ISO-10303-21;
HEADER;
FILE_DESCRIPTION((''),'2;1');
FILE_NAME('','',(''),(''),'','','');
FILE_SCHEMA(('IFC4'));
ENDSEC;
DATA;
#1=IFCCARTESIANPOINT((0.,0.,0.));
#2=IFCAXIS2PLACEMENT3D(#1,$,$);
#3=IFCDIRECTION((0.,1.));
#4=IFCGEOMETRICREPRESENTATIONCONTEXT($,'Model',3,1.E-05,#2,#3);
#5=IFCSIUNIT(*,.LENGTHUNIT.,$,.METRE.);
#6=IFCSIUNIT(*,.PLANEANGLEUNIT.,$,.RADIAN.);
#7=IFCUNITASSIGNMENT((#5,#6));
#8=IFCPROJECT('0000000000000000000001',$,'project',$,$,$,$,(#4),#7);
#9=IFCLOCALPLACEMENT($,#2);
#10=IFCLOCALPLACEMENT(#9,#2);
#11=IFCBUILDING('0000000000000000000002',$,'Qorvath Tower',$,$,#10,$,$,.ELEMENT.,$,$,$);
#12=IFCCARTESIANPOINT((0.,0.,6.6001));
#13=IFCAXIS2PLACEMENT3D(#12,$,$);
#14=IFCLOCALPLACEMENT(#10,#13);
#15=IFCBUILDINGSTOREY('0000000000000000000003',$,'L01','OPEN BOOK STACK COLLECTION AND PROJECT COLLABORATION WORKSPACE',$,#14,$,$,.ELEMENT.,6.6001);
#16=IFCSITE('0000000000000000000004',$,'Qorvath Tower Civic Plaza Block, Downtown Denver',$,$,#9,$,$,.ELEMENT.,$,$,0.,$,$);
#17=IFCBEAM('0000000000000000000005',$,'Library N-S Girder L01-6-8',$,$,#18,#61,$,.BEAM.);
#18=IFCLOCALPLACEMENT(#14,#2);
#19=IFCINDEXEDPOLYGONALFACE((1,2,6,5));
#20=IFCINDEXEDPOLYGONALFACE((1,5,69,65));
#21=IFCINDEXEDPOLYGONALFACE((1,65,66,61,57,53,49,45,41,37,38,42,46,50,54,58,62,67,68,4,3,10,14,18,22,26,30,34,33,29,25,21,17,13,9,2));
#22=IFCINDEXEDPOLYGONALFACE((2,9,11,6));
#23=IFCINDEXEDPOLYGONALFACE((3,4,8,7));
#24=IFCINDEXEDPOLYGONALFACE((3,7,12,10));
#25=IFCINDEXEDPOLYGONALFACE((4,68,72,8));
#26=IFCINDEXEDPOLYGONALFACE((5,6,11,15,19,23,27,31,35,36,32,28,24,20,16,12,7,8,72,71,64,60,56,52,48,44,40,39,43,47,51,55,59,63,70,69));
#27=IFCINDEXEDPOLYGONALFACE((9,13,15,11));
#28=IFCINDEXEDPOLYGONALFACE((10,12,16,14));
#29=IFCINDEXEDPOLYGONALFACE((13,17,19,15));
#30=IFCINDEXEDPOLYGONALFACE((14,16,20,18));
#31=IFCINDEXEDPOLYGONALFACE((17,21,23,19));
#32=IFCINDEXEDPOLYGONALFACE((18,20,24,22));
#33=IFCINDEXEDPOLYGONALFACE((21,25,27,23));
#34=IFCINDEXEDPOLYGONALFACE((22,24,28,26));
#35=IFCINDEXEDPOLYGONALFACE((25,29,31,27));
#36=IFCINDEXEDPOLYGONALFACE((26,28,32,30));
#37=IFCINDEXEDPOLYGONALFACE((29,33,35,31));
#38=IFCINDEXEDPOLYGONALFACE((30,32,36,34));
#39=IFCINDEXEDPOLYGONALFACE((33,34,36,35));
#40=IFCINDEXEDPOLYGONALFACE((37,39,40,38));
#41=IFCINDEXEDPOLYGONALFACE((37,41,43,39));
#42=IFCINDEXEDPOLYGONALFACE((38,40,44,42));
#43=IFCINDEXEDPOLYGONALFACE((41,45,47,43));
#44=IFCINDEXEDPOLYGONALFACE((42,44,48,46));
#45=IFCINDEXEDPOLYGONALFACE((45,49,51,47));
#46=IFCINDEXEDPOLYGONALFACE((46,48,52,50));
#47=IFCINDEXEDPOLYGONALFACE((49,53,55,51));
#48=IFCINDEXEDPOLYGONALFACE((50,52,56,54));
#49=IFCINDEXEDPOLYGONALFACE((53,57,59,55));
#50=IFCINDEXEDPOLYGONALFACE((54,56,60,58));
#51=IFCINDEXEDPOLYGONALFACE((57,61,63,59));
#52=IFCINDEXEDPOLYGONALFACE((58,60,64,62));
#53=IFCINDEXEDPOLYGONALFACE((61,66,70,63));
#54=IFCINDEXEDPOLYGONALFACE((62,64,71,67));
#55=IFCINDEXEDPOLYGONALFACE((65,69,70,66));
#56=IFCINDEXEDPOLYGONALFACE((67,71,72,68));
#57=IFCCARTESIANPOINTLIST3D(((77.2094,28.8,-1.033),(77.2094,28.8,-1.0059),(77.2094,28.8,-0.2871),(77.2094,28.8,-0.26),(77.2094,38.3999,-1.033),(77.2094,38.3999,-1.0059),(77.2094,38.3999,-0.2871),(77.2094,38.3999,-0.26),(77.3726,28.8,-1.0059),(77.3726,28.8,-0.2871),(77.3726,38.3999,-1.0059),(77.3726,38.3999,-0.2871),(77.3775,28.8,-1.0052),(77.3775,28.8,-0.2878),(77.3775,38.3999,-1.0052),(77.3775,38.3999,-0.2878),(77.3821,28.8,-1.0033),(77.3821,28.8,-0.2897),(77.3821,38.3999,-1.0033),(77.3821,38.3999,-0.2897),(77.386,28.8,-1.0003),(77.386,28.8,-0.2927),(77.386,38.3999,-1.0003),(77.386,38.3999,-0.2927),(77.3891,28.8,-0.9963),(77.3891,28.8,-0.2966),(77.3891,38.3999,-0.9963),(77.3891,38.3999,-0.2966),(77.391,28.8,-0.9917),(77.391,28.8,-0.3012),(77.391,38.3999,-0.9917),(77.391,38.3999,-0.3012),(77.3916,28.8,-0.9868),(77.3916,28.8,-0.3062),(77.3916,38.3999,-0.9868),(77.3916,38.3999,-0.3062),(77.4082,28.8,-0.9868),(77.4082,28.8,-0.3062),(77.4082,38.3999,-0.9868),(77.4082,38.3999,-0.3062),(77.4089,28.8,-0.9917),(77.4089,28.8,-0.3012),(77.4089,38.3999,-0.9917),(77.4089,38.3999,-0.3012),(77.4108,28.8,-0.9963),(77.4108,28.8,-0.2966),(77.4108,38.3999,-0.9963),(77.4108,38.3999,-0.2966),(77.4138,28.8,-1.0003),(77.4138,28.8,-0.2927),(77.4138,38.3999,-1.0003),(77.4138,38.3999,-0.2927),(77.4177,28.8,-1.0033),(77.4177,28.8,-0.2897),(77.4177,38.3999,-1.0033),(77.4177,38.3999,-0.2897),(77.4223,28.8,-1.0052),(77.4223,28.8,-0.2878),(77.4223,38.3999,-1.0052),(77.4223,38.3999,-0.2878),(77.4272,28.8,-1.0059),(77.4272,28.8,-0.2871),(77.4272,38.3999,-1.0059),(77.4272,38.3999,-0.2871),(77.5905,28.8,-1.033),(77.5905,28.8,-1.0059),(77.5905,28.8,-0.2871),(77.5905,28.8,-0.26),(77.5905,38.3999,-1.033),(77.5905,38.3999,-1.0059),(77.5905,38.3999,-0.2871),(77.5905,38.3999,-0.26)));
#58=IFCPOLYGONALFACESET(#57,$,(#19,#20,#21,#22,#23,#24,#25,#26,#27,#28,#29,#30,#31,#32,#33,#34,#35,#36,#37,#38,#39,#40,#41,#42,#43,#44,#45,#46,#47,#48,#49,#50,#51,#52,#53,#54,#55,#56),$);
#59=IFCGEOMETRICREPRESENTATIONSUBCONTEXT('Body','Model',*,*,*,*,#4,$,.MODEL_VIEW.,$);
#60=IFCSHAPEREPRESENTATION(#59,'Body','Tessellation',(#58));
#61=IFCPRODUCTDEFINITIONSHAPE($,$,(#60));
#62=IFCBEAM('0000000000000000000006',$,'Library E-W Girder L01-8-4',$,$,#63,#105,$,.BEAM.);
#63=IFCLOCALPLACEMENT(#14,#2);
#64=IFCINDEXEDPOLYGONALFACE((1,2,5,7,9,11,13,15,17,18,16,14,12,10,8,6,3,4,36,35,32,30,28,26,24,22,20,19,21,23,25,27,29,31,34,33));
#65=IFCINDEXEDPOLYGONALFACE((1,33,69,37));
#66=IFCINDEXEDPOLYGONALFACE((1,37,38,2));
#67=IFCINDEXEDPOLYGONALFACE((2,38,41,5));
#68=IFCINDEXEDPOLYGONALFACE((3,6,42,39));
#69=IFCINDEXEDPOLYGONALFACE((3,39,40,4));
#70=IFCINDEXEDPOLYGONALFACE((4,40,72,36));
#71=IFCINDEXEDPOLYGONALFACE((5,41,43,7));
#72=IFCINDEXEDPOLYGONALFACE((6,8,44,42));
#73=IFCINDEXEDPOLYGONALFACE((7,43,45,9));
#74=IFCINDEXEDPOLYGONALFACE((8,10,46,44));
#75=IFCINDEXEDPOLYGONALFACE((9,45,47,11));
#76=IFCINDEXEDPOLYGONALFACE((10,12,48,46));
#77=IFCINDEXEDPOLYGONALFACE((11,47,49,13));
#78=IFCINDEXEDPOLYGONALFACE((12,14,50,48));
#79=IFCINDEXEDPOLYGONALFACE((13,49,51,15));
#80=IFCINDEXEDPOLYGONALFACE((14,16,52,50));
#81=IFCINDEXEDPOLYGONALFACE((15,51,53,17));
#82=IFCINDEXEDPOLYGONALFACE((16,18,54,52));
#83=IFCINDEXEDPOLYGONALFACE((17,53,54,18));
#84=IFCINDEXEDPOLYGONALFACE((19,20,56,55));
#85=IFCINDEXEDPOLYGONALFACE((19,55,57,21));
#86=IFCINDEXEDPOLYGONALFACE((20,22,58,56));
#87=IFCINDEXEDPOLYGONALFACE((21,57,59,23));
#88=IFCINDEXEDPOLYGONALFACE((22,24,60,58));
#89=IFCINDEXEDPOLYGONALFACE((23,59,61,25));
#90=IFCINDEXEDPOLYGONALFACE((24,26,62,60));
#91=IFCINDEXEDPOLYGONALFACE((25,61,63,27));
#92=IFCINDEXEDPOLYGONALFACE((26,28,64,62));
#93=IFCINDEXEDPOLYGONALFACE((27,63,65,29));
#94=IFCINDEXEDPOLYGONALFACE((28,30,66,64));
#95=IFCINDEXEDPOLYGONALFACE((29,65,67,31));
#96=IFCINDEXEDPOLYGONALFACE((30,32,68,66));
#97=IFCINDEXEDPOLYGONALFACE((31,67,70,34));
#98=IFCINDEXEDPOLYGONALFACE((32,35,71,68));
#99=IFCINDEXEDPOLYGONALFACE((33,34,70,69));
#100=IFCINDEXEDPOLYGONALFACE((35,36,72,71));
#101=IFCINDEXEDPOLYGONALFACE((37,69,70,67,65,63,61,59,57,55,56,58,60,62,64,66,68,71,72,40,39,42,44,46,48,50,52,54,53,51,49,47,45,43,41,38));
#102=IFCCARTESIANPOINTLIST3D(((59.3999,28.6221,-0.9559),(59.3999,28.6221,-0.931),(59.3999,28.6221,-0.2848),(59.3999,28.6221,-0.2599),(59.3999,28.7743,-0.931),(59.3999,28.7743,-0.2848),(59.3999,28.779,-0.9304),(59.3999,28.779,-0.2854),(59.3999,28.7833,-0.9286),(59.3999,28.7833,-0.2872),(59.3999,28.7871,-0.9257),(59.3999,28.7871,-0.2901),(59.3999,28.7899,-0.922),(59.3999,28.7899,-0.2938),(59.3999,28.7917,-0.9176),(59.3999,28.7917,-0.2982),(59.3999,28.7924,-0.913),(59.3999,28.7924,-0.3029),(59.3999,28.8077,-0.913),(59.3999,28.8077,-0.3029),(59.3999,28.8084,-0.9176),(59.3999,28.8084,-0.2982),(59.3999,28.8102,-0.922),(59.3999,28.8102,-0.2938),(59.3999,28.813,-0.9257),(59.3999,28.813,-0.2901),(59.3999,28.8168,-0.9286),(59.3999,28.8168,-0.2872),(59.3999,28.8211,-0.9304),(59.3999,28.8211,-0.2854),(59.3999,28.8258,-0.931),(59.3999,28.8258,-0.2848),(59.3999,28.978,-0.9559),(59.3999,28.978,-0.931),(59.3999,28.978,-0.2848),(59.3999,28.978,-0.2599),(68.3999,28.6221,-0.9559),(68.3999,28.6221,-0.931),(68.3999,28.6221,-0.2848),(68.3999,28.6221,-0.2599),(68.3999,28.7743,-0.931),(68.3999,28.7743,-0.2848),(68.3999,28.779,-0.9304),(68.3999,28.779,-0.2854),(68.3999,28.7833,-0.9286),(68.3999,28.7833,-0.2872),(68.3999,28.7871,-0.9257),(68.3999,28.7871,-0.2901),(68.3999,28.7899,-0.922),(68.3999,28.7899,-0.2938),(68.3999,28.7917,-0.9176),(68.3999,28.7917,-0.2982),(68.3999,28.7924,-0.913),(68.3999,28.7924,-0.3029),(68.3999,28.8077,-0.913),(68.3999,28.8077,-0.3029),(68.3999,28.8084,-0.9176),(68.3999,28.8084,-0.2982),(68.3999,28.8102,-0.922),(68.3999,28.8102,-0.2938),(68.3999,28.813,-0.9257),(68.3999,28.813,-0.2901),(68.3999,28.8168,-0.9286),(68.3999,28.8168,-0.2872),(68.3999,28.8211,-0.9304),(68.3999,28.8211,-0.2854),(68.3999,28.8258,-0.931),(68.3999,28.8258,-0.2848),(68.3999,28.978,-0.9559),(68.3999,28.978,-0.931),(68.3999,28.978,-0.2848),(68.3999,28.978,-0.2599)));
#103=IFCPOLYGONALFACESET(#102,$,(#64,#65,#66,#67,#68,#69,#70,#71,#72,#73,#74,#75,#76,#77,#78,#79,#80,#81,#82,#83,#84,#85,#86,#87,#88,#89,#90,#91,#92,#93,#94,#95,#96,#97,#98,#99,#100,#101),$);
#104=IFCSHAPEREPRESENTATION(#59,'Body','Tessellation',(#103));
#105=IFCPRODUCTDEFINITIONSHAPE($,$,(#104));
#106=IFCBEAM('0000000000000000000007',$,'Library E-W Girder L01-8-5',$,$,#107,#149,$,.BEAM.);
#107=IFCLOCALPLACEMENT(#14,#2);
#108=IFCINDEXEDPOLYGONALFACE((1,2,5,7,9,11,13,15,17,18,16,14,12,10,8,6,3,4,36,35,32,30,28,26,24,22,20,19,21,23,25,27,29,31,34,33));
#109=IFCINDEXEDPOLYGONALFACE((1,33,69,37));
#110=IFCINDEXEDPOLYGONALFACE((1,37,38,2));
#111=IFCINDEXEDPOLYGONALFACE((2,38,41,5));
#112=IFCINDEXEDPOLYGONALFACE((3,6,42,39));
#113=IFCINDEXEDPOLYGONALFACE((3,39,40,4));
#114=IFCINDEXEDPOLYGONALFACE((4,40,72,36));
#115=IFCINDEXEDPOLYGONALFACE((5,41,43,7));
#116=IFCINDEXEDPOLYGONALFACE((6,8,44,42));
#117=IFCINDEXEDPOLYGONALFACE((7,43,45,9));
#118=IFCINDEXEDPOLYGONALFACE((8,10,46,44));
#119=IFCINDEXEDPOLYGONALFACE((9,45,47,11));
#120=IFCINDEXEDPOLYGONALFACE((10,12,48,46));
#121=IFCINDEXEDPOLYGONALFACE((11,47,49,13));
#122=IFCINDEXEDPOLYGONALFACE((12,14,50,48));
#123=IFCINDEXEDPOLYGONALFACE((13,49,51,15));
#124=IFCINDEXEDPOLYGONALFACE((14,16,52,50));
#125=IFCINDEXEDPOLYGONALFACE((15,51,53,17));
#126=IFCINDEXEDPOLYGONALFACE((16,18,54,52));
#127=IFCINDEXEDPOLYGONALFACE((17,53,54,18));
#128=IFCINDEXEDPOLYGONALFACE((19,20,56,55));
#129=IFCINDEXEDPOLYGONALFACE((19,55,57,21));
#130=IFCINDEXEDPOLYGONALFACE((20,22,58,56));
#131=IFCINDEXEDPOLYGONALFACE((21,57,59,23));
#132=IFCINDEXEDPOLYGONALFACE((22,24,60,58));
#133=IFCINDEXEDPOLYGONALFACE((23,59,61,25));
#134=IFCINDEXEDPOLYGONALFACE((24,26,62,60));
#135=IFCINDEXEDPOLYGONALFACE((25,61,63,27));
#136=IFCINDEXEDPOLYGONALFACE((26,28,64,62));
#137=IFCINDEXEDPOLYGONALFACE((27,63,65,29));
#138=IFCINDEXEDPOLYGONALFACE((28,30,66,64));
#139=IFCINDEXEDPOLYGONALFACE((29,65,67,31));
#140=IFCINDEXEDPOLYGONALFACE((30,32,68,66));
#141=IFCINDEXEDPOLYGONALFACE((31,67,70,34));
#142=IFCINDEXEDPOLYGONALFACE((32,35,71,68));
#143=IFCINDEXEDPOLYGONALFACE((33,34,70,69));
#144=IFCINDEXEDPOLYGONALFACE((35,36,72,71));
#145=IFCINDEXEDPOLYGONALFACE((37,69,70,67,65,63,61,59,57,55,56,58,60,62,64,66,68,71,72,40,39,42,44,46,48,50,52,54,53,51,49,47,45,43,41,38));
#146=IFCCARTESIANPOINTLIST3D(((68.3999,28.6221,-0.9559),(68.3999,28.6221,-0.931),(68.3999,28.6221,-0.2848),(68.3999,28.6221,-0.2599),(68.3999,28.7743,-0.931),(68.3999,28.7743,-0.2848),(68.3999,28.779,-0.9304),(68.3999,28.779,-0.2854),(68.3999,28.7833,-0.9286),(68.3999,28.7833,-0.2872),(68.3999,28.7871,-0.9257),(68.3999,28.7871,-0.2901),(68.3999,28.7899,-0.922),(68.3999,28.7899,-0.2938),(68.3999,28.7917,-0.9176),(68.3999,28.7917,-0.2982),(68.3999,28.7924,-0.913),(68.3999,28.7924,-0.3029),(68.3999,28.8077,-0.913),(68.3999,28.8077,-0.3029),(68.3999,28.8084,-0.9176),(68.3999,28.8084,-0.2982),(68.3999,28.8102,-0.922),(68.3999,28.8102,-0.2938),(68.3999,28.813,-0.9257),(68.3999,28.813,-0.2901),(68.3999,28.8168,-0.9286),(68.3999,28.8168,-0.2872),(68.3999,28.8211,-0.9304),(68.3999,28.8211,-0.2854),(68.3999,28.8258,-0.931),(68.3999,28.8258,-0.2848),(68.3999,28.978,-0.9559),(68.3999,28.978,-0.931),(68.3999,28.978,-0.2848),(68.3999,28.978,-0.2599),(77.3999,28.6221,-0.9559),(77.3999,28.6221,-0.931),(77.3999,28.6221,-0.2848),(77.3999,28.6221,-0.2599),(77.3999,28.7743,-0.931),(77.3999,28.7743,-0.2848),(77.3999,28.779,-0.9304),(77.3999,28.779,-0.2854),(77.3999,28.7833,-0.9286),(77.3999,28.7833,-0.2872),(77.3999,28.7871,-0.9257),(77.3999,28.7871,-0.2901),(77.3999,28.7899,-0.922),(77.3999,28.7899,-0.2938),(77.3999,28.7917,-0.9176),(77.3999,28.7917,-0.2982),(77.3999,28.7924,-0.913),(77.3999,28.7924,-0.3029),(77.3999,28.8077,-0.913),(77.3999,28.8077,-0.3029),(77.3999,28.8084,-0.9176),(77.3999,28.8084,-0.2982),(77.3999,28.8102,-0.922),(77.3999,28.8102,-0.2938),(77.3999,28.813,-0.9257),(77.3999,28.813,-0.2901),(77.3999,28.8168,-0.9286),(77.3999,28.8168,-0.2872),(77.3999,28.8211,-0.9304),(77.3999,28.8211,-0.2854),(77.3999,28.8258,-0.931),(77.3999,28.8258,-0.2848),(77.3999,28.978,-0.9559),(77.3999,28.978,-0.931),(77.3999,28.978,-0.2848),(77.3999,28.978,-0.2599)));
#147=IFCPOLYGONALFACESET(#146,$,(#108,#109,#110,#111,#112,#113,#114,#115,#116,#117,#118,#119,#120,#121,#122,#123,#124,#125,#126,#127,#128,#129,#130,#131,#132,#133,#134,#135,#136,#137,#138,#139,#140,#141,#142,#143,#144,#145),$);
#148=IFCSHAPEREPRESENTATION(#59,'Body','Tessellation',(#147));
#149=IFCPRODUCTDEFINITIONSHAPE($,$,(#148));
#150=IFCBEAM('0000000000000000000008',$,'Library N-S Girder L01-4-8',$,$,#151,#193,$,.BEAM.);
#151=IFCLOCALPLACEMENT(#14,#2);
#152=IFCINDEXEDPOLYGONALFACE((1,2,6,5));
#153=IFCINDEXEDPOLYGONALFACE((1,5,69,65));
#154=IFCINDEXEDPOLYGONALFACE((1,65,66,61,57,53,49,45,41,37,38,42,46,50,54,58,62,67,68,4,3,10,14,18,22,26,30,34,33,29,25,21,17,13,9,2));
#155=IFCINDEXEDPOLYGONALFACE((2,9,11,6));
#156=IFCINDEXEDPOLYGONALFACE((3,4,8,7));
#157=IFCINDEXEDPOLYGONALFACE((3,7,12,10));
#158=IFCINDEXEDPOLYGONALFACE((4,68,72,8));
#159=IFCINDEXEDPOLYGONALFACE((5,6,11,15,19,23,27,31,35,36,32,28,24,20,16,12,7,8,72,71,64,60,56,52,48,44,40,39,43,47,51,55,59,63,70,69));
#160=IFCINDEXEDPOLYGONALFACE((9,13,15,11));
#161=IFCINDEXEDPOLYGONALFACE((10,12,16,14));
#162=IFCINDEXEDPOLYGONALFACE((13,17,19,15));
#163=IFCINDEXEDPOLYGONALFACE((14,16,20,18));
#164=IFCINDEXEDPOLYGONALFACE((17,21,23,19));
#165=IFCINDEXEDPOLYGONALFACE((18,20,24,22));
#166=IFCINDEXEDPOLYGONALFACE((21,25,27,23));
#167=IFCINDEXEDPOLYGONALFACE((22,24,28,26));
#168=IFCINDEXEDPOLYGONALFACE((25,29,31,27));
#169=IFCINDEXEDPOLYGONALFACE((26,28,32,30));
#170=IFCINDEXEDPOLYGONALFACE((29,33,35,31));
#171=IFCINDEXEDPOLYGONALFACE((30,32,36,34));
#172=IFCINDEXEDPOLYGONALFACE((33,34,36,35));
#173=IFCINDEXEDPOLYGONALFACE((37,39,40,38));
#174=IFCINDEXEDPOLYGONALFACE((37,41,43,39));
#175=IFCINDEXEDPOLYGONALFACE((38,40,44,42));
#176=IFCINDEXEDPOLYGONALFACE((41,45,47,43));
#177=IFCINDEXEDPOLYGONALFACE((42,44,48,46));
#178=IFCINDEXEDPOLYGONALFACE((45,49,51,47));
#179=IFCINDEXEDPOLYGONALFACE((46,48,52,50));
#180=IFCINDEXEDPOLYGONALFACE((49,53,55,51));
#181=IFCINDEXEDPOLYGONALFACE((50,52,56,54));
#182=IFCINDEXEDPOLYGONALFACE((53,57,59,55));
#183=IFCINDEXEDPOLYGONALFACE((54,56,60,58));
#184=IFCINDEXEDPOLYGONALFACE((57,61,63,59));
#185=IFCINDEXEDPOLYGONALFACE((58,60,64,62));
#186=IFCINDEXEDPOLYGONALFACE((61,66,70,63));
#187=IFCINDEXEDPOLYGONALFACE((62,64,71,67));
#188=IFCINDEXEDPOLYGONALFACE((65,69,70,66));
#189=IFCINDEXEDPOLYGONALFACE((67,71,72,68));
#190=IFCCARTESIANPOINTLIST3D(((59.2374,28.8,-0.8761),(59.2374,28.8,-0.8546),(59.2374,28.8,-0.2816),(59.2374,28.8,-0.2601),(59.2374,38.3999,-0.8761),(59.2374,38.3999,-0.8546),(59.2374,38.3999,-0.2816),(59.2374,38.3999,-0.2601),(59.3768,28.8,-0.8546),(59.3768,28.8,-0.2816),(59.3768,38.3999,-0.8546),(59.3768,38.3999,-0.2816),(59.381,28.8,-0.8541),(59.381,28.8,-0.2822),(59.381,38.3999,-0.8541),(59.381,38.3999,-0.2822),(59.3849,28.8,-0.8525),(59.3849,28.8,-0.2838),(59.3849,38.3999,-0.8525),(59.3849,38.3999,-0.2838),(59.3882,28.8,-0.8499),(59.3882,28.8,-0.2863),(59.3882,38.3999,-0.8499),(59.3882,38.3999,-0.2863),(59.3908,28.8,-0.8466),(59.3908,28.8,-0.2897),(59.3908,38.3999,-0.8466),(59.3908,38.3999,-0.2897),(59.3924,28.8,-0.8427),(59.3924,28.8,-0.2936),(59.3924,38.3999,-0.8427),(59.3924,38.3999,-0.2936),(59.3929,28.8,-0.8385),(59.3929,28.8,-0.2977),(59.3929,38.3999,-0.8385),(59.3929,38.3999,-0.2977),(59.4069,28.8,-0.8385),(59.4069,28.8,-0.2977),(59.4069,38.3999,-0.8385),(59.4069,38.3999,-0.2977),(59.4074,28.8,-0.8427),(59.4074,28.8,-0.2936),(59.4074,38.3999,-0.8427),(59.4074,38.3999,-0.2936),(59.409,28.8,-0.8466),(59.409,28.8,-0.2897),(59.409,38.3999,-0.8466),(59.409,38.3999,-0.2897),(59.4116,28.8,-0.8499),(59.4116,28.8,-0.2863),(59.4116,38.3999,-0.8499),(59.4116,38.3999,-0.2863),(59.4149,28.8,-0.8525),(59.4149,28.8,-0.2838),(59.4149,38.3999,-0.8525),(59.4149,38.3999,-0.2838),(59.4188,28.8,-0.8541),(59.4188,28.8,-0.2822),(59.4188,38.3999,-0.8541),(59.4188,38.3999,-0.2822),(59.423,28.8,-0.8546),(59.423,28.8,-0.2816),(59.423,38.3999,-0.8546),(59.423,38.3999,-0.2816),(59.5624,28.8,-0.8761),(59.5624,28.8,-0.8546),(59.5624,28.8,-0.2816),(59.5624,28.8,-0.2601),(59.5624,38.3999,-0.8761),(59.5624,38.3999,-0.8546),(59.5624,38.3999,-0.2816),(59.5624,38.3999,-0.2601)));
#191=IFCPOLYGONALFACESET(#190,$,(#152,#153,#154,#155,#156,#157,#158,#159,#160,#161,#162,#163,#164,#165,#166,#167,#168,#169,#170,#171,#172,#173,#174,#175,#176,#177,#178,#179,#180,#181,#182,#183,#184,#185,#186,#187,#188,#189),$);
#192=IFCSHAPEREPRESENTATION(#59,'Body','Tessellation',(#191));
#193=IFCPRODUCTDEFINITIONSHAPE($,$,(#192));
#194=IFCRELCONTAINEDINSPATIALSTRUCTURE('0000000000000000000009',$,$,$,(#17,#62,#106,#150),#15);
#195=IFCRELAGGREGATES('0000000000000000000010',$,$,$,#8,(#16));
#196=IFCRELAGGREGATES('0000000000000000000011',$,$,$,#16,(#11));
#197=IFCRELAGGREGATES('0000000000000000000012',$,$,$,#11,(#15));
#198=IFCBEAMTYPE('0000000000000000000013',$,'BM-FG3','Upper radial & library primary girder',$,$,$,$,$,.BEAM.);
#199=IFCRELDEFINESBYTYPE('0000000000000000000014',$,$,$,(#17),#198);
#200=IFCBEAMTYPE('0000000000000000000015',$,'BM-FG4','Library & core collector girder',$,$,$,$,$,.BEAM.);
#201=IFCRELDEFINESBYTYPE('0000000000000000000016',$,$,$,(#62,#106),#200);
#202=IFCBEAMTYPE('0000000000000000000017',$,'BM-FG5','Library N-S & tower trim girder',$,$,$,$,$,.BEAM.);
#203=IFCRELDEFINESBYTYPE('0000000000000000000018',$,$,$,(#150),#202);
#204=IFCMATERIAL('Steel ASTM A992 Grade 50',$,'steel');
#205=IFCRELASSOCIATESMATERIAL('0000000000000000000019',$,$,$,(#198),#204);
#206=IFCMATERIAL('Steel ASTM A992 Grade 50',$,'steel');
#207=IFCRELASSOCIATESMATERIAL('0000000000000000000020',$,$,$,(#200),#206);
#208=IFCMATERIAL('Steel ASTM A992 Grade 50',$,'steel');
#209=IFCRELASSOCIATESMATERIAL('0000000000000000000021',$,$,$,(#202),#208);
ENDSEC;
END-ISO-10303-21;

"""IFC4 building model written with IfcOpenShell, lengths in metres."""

from ifc_helpers import new_model, si_unit, direction, frame, origin, origin_2d, place, context, subcontext, project, spatial, i_section, extrude, material, material_profile, profile_set, type_object, element, save


model = new_model("IFC4")

# Units and contexts
model_context = context("Model", 3, precision=1e-05, world=origin(), true_north=direction((0.0, 1.0)))
body_context = subcontext(model_context, "Body", "Model", "MODEL_VIEW")
ifc_project = project(units=[si_unit("LENGTHUNIT", "METRE"), si_unit("PLANEANGLEUNIT", "RADIAN")], contexts=[model_context])

# Site, building, storey
site_placement = place(None, origin())
site = spatial("IfcSite", under=ifc_project, at=site_placement, Name="Qorvath Tower Civic Plaza Block, Downtown Denver", CompositionType="ELEMENT", RefElevation=0.0)
building_placement = place(site_placement, origin())
building = spatial("IfcBuilding", under=site, at=building_placement, Name="Qorvath Tower", CompositionType="ELEMENT")
storey_placement = place(building_placement, frame((0.0, 0.0, 6.6001)))
storey = spatial("IfcBuildingStorey", under=building, at=storey_placement, Name="L01", Description="OPEN BOOK STACK COLLECTION AND PROJECT COLLABORATION WORKSPACE", CompositionType="ELEMENT", Elevation=6.6001)

# Beams
ifc_material_1 = material(Name="Steel ASTM A992 Grade 50", Category="steel")
ifc_material_profile_1 = material_profile(ifc_material_1, i_section(OverallWidth=0.3811, OverallDepth=0.7729, WebThickness=0.0166, FlangeThickness=0.0271, FilletRadius=0.019, at=origin_2d()), Name="W30x173")
ifc_profile_set_1 = profile_set([ifc_material_profile_1], Name="Steel ASTM A992 Grade 50")
beam_type_1 = type_object("IfcBeamType", Name="BM-FG3", Description="Upper radial & library primary girder", PredefinedType="BEAM", material=ifc_profile_set_1)
beam_1_placement = place(storey_placement, frame((77.3999, 28.8, -0.6465), z_axis=(0.0, 1.0, 0.0), x_axis=(-1.0, 0.0, 0.0)))
element("IfcBeam", 1, at=beam_1_placement, inside=storey, type_object=beam_type_1, Name="Library N-S Girder L01-6-8", PredefinedType="BEAM", context=body_context, shape_type="SweptSolid", body=[
    extrude(i_section(OverallWidth=0.3811, OverallDepth=0.7729, WebThickness=0.0166, FlangeThickness=0.0271, FilletRadius=0.019, at=origin_2d()), origin(), (0.0, 0.0, 1.0), 9.5999),
])
ifc_material_2 = material(Name="Steel ASTM A992 Grade 50", Category="steel")
ifc_material_profile_2 = material_profile(ifc_material_2, i_section(OverallWidth=0.356, OverallDepth=0.696, WebThickness=0.0154, FlangeThickness=0.0249, FilletRadius=0.0181, at=origin_2d()), Name="W27x146")
ifc_profile_set_2 = profile_set([ifc_material_profile_2], Name="Steel ASTM A992 Grade 50")
beam_type_2 = type_object("IfcBeamType", Name="BM-FG4", Description="Library & core collector girder", PredefinedType="BEAM", material=ifc_profile_set_2)
for number, where, z_axis, x_axis, name in (
    (2, (59.3999, 28.8, -0.6079), (1.0, 0.0, 0.0), (0.0, 1.0, 0.0), "Library E-W Girder L01-8-4"),
    (3, (68.3999, 28.8, -0.6079), (1.0, 0.0, 0.0), (0.0, 1.0, 0.0), "Library E-W Girder L01-8-5"),
):
    element("IfcBeam", number, at=place(storey_placement, frame(where, z_axis=z_axis, x_axis=x_axis)), inside=storey, type_object=beam_type_2, Name=name, PredefinedType="BEAM", context=body_context, shape_type="SweptSolid", body=[
        extrude(i_section(OverallWidth=0.356, OverallDepth=0.696, WebThickness=0.0154, FlangeThickness=0.0249, FilletRadius=0.0181, at=origin_2d()), origin(), (0.0, 0.0, 1.0), 9.0),
    ])
ifc_material_3 = material(Name="Steel ASTM A992 Grade 50", Category="steel")
ifc_material_profile_3 = material_profile(ifc_material_3, i_section(OverallWidth=0.325, OverallDepth=0.616, WebThickness=0.0139, FlangeThickness=0.0215, FilletRadius=0.0161, at=origin_2d()), Name="W24x117")
ifc_profile_set_3 = profile_set([ifc_material_profile_3], Name="Steel ASTM A992 Grade 50")
beam_type_3 = type_object("IfcBeamType", Name="BM-FG5", Description="Library N-S & tower trim girder", PredefinedType="BEAM", material=ifc_profile_set_3)
for number, where, z_axis, x_axis, name in (
    (4, (59.3999, 28.8, -0.5681), (0.0, 1.0, 0.0), (-1.0, 0.0, 0.0), "Library N-S Girder L01-4-8"),
):
    element("IfcBeam", number, at=place(storey_placement, frame(where, z_axis=z_axis, x_axis=x_axis)), inside=storey, type_object=beam_type_3, Name=name, PredefinedType="BEAM", context=body_context, shape_type="SweptSolid", body=[
        extrude(i_section(OverallWidth=0.325, OverallDepth=0.616, WebThickness=0.0139, FlangeThickness=0.0215, FilletRadius=0.0161, at=origin_2d()), origin(), (0.0, 0.0, 1.0), 9.5999),
    ])

save(model, "model.ifc")
